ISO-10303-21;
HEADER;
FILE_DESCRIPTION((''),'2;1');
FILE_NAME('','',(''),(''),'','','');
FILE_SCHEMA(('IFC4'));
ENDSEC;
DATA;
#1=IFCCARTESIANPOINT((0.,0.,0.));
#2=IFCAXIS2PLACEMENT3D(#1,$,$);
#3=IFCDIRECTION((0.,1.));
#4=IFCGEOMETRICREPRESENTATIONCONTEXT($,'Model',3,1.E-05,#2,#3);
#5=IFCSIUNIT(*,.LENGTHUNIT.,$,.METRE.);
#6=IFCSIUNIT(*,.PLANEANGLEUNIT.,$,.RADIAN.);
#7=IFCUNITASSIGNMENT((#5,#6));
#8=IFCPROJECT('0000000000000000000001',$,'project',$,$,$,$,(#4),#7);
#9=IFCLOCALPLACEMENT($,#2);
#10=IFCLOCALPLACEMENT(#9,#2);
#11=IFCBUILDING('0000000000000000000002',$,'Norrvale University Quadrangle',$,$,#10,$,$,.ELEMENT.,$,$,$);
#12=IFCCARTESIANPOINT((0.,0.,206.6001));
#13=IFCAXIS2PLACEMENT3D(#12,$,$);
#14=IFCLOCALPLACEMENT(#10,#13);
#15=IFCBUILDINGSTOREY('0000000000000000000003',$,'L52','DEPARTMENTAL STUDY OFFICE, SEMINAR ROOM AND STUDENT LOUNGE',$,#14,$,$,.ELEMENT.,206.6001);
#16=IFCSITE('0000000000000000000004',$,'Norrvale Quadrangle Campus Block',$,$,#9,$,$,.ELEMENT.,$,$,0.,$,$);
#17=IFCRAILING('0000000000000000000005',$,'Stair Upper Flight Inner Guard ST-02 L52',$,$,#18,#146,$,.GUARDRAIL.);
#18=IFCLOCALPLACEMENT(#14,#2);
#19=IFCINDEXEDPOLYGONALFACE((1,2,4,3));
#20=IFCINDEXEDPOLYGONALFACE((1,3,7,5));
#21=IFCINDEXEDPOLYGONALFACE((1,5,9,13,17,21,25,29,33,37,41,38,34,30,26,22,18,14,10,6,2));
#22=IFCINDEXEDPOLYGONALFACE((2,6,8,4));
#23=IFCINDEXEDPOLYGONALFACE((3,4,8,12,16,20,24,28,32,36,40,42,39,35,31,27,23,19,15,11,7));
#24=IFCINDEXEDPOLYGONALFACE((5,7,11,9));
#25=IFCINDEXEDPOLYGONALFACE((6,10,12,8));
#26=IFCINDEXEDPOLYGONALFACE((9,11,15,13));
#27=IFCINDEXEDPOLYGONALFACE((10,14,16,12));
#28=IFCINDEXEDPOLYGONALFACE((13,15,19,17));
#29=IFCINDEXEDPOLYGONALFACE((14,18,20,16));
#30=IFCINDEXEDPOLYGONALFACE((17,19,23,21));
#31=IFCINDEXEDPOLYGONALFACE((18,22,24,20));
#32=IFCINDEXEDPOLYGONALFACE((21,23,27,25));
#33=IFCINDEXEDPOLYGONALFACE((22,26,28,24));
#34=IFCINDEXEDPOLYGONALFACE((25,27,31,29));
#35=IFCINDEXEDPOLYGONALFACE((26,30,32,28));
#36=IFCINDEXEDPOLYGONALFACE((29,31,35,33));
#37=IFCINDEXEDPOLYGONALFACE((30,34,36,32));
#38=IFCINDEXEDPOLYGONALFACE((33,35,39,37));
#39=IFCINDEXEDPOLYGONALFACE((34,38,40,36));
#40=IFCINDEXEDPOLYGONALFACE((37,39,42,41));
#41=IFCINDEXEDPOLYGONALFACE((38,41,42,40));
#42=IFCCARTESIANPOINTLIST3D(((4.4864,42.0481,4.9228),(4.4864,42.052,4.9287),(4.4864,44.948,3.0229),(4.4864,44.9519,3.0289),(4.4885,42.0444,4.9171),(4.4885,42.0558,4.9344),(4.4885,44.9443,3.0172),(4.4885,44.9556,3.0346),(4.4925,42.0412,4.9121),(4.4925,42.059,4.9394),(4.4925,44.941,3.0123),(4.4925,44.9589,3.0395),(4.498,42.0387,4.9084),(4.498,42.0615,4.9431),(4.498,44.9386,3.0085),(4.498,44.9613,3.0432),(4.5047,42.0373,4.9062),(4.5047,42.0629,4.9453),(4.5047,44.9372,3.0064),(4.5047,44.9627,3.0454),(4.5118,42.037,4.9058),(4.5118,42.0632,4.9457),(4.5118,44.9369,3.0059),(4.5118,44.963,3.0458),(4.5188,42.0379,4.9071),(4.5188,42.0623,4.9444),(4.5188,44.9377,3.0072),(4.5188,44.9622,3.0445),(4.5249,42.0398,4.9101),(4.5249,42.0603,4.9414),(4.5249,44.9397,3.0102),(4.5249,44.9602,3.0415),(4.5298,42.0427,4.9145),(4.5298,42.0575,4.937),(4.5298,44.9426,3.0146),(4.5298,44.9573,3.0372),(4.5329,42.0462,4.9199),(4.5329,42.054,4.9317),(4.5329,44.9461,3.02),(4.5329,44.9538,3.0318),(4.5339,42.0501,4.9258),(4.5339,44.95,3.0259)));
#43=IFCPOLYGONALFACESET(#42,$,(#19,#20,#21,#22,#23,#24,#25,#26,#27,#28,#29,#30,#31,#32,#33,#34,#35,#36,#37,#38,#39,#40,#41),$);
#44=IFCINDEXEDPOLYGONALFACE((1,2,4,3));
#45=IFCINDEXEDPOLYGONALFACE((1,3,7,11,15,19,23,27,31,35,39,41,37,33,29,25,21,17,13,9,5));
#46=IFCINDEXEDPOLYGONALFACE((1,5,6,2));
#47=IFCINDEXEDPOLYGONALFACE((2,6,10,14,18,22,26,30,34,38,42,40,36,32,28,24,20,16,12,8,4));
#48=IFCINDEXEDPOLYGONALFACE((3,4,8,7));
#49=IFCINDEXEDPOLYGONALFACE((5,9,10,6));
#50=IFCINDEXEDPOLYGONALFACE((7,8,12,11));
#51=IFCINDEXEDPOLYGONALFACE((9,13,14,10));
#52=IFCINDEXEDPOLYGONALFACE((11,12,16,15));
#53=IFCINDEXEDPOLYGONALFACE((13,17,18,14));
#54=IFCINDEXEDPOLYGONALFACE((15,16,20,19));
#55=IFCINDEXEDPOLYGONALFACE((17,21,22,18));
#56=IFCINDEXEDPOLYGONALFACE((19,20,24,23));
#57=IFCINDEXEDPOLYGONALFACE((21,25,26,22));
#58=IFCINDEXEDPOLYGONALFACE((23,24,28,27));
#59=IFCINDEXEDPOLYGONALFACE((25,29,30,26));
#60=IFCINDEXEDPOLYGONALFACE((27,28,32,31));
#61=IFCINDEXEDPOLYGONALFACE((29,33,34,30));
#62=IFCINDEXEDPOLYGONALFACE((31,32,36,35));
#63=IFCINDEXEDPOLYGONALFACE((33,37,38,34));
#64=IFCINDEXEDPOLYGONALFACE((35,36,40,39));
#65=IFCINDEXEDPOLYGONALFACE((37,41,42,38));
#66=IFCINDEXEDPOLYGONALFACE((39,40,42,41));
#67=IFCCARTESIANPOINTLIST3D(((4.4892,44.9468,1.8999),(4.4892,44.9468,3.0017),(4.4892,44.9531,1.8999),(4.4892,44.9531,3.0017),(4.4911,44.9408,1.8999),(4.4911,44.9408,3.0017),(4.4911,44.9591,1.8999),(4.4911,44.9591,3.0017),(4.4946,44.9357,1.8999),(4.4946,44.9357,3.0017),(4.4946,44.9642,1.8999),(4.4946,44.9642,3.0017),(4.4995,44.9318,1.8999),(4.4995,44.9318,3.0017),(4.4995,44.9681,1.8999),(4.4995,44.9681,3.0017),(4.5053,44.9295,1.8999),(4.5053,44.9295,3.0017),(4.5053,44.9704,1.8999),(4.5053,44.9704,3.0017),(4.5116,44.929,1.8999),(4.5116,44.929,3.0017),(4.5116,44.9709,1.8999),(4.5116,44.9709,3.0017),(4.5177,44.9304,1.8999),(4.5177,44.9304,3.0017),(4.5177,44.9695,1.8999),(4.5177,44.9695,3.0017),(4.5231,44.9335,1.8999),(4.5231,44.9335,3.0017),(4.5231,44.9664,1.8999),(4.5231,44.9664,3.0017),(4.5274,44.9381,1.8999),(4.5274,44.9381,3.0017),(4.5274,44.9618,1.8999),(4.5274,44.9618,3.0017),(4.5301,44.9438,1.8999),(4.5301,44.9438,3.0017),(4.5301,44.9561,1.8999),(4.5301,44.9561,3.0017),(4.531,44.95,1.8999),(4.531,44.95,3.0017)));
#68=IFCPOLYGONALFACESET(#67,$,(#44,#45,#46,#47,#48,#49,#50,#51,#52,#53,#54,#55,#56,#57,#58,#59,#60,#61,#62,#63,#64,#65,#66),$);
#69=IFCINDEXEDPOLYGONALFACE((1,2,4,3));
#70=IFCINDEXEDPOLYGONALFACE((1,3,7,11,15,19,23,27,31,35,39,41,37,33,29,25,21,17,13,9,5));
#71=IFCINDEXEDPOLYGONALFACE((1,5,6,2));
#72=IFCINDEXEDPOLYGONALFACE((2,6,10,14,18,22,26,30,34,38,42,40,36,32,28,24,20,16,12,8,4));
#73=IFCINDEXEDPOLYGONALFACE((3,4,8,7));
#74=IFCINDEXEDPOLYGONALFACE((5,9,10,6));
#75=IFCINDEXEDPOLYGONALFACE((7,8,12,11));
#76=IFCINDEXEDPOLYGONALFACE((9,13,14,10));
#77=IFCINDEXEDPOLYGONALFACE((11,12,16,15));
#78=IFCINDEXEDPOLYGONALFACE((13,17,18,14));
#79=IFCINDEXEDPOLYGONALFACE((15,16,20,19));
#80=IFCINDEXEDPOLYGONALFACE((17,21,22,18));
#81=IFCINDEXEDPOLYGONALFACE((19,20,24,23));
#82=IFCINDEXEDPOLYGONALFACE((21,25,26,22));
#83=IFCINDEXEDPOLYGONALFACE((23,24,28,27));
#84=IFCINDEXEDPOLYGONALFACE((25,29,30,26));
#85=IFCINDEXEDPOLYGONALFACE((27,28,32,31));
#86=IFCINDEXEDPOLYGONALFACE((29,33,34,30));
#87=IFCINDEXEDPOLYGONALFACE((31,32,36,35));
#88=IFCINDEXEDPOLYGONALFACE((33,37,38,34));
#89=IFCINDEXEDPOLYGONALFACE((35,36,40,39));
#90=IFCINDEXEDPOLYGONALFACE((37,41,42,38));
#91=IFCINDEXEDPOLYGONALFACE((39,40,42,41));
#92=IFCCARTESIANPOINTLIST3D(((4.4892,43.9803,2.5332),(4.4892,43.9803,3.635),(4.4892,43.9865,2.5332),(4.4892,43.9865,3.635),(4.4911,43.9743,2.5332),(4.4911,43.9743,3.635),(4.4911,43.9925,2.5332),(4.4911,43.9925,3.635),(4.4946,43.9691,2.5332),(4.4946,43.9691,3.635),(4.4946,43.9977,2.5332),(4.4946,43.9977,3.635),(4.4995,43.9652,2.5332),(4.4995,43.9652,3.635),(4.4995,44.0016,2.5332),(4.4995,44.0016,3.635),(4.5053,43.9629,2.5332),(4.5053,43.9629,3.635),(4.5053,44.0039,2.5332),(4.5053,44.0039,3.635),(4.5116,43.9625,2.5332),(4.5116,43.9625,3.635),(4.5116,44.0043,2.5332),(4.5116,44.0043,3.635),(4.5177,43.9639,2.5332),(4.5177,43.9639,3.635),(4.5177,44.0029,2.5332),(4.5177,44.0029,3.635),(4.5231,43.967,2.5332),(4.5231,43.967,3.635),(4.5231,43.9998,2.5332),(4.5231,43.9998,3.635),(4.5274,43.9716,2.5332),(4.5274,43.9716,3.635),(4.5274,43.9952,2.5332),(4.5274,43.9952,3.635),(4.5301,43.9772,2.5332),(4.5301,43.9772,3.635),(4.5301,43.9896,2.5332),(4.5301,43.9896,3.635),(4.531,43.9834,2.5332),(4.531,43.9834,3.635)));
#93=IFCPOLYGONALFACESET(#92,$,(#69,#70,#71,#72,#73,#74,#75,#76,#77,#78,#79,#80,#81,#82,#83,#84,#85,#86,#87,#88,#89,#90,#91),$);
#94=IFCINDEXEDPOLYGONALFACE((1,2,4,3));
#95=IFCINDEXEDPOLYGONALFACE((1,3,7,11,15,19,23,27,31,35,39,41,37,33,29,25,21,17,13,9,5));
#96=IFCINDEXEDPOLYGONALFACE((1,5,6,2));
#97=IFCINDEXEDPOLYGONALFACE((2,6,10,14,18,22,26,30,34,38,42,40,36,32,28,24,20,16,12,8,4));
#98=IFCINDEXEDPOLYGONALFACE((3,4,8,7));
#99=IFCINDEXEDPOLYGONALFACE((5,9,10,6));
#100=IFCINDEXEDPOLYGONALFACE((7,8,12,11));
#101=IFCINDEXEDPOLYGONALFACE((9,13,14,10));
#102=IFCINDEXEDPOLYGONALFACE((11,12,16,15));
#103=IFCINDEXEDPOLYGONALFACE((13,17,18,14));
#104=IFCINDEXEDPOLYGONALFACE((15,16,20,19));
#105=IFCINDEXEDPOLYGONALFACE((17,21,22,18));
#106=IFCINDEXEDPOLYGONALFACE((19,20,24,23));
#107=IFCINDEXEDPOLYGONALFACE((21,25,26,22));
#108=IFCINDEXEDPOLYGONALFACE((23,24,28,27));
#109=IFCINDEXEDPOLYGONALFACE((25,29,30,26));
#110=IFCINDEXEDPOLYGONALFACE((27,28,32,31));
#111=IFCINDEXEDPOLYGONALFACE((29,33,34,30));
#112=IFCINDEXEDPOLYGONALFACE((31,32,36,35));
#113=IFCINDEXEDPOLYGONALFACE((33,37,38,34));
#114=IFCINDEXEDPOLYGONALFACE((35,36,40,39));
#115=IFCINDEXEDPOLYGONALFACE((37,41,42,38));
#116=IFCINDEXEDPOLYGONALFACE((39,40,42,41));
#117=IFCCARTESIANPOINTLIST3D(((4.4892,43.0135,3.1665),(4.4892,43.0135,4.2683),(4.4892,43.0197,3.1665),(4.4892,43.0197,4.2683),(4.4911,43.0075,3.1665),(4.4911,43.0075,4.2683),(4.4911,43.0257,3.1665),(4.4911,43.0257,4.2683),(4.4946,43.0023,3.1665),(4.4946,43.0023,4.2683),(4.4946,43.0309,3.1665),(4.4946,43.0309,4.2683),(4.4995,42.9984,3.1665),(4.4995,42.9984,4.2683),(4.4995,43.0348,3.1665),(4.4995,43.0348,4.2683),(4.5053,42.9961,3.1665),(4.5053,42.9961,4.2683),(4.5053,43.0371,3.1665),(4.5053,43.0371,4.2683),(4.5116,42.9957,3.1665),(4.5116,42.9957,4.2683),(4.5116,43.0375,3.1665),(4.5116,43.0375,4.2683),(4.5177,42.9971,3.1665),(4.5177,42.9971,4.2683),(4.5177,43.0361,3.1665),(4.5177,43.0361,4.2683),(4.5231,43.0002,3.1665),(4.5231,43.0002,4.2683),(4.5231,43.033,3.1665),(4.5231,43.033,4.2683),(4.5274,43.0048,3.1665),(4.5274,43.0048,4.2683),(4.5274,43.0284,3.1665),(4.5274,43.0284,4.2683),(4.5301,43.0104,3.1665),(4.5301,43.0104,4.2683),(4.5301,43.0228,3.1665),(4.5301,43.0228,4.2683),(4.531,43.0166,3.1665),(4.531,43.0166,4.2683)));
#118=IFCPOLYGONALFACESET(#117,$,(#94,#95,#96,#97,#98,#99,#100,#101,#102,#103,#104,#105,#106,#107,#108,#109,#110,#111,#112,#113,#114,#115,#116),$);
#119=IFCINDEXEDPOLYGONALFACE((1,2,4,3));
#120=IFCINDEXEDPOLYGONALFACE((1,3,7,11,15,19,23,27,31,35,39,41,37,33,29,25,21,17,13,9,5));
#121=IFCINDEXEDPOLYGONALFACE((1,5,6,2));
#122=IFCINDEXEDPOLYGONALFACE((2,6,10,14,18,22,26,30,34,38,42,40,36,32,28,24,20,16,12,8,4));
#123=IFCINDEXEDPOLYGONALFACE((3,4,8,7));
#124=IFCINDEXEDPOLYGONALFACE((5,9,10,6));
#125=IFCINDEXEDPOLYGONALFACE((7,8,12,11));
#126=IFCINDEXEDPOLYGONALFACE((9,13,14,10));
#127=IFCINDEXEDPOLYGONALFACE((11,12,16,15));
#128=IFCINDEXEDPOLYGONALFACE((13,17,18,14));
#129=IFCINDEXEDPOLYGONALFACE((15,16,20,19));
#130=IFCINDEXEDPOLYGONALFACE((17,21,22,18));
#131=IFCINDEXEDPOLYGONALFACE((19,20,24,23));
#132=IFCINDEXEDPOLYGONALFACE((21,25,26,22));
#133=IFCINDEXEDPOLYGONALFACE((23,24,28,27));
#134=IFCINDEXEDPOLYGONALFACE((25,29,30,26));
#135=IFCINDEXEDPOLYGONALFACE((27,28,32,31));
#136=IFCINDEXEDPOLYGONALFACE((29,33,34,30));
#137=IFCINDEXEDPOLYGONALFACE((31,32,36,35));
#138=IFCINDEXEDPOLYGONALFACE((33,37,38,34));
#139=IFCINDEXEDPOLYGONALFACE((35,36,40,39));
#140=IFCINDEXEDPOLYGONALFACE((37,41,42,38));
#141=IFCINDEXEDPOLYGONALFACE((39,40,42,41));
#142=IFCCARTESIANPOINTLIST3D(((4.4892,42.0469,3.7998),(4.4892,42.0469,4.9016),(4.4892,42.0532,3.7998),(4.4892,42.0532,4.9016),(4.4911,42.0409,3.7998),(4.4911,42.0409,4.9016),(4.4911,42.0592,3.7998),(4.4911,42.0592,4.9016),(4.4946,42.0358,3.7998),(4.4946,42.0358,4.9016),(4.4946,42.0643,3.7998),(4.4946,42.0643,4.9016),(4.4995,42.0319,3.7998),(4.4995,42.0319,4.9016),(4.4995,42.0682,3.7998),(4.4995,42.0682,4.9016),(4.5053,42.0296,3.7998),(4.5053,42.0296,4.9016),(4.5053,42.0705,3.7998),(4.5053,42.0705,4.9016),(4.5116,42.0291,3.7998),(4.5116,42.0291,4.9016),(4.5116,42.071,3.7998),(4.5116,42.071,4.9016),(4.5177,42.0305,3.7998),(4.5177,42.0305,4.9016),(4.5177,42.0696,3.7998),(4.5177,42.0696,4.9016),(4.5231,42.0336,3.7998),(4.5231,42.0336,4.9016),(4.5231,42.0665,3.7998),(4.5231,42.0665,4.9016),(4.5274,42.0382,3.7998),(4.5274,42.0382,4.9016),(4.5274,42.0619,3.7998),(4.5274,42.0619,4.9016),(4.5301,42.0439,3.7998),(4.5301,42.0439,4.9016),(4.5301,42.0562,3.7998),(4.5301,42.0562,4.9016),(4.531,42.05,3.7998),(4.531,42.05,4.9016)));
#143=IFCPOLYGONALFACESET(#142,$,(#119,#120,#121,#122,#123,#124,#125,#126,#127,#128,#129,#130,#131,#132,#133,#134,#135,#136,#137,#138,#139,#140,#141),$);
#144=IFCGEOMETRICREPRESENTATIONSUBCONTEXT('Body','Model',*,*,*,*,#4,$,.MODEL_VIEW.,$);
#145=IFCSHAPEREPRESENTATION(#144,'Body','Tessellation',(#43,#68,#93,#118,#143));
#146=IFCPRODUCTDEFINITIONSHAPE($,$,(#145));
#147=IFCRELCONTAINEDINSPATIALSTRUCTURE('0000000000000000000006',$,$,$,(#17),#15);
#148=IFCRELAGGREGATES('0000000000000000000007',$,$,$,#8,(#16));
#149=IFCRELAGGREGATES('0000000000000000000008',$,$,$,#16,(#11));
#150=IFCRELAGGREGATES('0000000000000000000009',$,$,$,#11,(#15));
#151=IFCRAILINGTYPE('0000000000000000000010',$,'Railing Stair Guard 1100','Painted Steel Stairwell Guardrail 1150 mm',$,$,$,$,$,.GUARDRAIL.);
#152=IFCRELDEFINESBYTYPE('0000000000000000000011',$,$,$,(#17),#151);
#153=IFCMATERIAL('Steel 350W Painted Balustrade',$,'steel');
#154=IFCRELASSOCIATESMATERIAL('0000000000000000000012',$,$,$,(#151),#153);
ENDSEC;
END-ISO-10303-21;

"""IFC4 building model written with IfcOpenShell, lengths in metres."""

from ifc_helpers import new_model, si_unit, direction, frame, origin, origin_2d, place, context, subcontext, project, spatial, circle, extrude, material, type_object, element, save


model = new_model("IFC4")

# Units and contexts
model_context = context("Model", 3, precision=1e-05, world=origin(), true_north=direction((0.0, 1.0)))
body_context = subcontext(model_context, "Body", "Model", "MODEL_VIEW")
ifc_project = project(units=[si_unit("LENGTHUNIT", "METRE"), si_unit("PLANEANGLEUNIT", "RADIAN")], contexts=[model_context])

# Site, building, storey
site_placement = place(None, origin())
site = spatial("IfcSite", under=ifc_project, at=site_placement, Name="Norrvale Quadrangle Campus Block", CompositionType="ELEMENT", RefElevation=0.0)
building_placement = place(site_placement, origin())
building = spatial("IfcBuilding", under=site, at=building_placement, Name="Norrvale University Quadrangle", CompositionType="ELEMENT")
storey_placement = place(building_placement, frame((0.0, 0.0, 206.6001)))
storey = spatial("IfcBuildingStorey", under=building, at=storey_placement, Name="L52", Description="DEPARTMENTAL STUDY OFFICE, SEMINAR ROOM AND STUDENT LOUNGE", CompositionType="ELEMENT", Elevation=206.6001)

# Railing
ifc_material_1 = material(Name="Steel 350W Painted Balustrade", Category="steel")
railing_type_1 = type_object("IfcRailingType", Name="Railing Stair Guard 1100", Description="Painted Steel Stairwell Guardrail 1150 mm", PredefinedType="GUARDRAIL", material=ifc_material_1)
railing_1_placement = place(storey_placement, frame((4.51, 44.95, 1.8999)))
element("IfcRailing", 1, at=railing_1_placement, inside=storey, type_object=railing_type_1, Name="Stair Upper Flight Inner Guard ST-02 L52", PredefinedType="GUARDRAIL", context=body_context, shape_type="SweptSolid", body=[
    extrude(circle(Radius=0.0239, at=origin_2d()), frame((0.0, 0.0, 1.126), z_axis=(0.0, -0.836466, 0.548019), x_axis=(1.0, 0.0, 0.0)), (0.0, 0.0, 1.0), 3.4668),
    extrude(circle(Radius=0.021, at=origin_2d()), origin(), (0.0, 0.0, 1.0), 1.1018),
    extrude(circle(Radius=0.021, at=origin_2d()), frame((0.0, -0.9666, 0.6333)), (0.0, 0.0, 1.0), 1.1018),
    extrude(circle(Radius=0.021, at=origin_2d()), frame((0.0, -1.9333, 1.2666)), (0.0, 0.0, 1.0), 1.1018),
    extrude(circle(Radius=0.021, at=origin_2d()), frame((0.0, -2.8999, 1.8999)), (0.0, 0.0, 1.0), 1.1018),
])

save(model, "model.ifc")
